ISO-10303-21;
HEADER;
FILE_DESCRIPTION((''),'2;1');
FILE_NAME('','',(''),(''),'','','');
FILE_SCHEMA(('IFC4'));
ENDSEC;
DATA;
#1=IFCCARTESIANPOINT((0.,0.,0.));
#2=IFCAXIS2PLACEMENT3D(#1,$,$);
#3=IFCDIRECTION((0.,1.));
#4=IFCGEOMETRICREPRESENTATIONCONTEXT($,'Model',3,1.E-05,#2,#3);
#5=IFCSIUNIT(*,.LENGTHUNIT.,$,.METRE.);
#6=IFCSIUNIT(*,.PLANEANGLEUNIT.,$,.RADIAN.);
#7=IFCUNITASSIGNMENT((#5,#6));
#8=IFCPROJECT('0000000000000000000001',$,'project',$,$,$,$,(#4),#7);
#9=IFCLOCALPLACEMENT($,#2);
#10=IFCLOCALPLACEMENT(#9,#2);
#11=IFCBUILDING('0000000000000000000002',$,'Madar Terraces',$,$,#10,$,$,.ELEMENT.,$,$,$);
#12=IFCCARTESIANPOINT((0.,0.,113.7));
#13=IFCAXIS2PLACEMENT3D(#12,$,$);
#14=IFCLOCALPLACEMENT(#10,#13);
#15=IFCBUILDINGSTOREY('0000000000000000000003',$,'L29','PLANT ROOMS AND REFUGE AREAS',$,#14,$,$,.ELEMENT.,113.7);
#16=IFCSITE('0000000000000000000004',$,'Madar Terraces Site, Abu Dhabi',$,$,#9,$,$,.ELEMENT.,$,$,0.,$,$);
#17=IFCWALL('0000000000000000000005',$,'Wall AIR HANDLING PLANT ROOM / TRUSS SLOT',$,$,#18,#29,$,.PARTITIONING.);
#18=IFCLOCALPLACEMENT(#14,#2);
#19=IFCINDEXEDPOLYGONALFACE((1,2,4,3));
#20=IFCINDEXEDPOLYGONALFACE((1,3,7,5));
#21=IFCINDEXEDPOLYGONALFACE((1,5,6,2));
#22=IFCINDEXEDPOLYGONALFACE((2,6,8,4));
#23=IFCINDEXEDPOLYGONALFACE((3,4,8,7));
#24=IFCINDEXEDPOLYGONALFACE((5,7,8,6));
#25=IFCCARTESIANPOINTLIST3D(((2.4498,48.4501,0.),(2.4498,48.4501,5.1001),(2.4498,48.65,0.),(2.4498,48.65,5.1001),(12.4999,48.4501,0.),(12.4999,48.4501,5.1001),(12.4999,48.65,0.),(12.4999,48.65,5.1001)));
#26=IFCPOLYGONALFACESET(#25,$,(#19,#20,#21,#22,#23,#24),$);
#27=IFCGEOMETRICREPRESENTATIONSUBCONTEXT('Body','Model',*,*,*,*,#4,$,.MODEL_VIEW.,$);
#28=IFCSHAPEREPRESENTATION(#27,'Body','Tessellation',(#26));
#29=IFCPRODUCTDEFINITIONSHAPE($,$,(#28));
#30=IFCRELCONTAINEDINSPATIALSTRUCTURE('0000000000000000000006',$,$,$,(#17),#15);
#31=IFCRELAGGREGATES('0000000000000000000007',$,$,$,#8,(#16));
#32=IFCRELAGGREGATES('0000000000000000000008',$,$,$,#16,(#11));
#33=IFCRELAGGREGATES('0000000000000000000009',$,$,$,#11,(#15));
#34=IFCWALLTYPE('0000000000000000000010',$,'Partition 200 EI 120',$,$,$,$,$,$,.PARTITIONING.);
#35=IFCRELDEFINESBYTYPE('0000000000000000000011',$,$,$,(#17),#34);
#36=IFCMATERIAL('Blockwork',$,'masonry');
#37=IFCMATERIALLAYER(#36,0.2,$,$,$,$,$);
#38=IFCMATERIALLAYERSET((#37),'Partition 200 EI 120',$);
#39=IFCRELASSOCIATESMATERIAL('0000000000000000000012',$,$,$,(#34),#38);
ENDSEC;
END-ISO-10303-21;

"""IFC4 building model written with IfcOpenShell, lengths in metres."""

from ifc_helpers import new_model, si_unit, direction, frame, frame_2d, origin, place, context, subcontext, project, spatial, rectangle, extrude, material, layer, layer_set, type_object, element, save


model = new_model("IFC4")

# Units and contexts
model_context = context("Model", 3, precision=1e-05, world=origin(), true_north=direction((0.0, 1.0)))
body_context = subcontext(model_context, "Body", "Model", "MODEL_VIEW")
ifc_project = project(units=[si_unit("LENGTHUNIT", "METRE"), si_unit("PLANEANGLEUNIT", "RADIAN")], contexts=[model_context])

# Site, building, storey
site_placement = place(None, origin())
site = spatial("IfcSite", under=ifc_project, at=site_placement, Name="Madar Terraces Site, Abu Dhabi", CompositionType="ELEMENT", RefElevation=0.0)
building_placement = place(site_placement, origin())
building = spatial("IfcBuilding", under=site, at=building_placement, Name="Madar Terraces", CompositionType="ELEMENT")
storey_placement = place(building_placement, frame((0.0, 0.0, 113.7)))
storey = spatial("IfcBuildingStorey", under=building, at=storey_placement, Name="L29", Description="PLANT ROOMS AND REFUGE AREAS", CompositionType="ELEMENT", Elevation=113.7)

# Wall
ifc_material_1 = material(Name="Blockwork", Category="masonry")
ifc_layer_1 = layer(ifc_material_1, 0.2)
ifc_layer_set_1 = layer_set([ifc_layer_1], Name="Partition 200 EI 120")
wall_type = type_object("IfcWallType", Name="Partition 200 EI 120", PredefinedType="PARTITIONING", material=ifc_layer_set_1)
wall_1_placement = place(storey_placement, frame((2.45, 48.55, 0.0), z_axis=(0.0, 0.0, 1.0), x_axis=(1.0, 0.0, 0.0)))
element("IfcWall", 1, at=wall_1_placement, inside=storey, type_object=wall_type, Name="Wall AIR HANDLING PLANT ROOM / TRUSS SLOT", PredefinedType="PARTITIONING", context=body_context, shape_type="SweptSolid", body=[
    extrude(rectangle(XDim=10.05, YDim=0.2, at=frame_2d((5.0249, 0.0))), origin(), (0.0, 0.0, 1.0), 5.1001),
])

save(model, "model.ifc")
